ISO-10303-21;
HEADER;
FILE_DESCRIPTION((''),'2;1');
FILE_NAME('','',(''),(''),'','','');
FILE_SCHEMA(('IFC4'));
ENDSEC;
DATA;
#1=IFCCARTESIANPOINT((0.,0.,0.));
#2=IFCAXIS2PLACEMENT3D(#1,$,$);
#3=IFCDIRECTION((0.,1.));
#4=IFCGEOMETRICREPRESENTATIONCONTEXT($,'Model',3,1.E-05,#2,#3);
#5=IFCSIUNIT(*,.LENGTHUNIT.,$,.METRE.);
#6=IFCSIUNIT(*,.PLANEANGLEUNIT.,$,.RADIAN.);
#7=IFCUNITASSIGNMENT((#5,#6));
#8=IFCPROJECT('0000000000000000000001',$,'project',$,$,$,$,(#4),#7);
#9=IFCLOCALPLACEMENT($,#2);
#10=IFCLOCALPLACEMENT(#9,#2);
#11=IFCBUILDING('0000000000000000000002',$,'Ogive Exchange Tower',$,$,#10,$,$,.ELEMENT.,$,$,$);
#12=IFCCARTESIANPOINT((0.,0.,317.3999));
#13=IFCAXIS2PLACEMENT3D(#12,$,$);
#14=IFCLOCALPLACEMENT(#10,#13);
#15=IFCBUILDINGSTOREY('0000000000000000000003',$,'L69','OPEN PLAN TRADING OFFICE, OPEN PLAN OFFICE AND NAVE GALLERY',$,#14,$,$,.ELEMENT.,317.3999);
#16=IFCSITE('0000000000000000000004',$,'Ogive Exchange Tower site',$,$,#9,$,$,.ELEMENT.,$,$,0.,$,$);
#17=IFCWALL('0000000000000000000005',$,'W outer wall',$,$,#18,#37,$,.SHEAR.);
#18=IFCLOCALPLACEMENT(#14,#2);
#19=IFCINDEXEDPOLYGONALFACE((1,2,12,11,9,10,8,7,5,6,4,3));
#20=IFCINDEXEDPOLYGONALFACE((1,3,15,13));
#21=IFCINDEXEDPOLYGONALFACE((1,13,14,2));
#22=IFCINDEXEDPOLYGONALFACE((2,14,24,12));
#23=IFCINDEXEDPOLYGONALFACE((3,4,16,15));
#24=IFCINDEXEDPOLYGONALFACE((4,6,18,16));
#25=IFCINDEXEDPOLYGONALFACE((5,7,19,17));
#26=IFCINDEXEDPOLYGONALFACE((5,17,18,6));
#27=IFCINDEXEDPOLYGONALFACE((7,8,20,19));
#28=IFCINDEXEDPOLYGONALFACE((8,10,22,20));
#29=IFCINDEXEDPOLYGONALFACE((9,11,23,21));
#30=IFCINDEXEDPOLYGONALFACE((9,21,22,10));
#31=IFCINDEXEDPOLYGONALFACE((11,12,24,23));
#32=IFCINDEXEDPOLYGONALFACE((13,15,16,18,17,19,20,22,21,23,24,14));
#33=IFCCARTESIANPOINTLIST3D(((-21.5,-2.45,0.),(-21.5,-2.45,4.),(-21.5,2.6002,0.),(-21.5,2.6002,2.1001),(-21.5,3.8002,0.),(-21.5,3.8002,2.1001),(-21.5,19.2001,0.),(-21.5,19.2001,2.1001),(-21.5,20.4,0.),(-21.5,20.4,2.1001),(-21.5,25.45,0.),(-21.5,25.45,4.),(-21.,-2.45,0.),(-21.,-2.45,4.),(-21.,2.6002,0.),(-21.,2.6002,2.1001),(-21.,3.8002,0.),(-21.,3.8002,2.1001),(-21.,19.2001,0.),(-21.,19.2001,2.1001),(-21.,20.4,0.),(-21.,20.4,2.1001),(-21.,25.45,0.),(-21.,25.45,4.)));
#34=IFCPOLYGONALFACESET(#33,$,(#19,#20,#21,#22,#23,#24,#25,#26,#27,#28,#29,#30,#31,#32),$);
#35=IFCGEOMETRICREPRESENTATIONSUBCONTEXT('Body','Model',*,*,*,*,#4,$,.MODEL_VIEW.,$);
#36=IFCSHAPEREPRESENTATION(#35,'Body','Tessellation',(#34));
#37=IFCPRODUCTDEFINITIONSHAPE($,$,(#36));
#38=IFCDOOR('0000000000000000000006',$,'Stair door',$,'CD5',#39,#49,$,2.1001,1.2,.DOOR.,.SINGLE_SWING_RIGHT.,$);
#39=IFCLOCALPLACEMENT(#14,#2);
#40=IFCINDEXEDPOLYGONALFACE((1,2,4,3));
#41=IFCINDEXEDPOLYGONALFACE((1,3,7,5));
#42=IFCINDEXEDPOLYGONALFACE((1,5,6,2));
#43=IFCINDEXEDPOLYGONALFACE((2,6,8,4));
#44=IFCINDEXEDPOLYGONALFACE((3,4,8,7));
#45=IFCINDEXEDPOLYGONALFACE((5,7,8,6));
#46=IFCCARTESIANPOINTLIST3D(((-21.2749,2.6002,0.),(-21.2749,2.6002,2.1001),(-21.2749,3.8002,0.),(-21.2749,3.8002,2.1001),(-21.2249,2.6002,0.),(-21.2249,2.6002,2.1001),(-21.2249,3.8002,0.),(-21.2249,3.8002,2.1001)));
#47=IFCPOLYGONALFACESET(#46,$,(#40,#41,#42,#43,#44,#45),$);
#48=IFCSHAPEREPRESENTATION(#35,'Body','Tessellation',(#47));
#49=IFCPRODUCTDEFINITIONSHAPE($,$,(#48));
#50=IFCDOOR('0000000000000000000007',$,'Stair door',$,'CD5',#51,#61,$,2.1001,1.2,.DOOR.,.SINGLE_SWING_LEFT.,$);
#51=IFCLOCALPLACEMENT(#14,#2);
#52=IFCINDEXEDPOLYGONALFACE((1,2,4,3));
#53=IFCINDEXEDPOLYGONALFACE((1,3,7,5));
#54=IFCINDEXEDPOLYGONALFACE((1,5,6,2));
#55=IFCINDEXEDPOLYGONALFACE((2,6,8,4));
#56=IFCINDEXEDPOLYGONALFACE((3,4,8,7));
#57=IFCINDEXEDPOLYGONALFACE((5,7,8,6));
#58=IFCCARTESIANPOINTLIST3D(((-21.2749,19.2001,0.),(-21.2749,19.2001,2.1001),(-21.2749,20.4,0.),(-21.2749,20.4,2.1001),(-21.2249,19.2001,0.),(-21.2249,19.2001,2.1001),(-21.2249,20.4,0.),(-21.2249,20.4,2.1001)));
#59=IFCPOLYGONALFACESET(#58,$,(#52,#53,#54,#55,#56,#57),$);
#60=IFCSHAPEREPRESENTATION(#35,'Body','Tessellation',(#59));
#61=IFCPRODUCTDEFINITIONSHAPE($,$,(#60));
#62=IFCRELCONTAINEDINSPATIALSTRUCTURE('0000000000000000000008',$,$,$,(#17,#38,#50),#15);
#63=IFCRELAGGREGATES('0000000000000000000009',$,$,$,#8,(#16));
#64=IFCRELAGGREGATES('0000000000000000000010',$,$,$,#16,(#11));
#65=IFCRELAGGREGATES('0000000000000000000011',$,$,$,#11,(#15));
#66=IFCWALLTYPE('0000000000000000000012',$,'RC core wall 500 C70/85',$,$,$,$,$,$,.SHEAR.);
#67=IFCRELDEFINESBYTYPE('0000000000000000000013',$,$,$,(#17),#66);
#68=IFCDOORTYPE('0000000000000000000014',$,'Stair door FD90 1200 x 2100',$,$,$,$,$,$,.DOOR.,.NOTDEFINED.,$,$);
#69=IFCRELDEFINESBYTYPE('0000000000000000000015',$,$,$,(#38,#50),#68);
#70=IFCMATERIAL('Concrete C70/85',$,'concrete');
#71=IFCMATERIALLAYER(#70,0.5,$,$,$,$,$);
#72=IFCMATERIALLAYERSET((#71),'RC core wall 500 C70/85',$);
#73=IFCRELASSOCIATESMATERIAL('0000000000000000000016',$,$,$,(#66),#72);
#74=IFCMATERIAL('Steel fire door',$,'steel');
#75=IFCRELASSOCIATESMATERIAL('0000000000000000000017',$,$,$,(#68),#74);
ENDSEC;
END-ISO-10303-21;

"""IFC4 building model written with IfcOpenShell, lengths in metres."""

from ifc_helpers import new_model, si_unit, direction, frame, frame_2d, origin, place, context, subcontext, project, spatial, rectangle, extrude, material, layer, layer_set, type_object, element, fill, save


model = new_model("IFC4")

# Units and contexts
model_context = context("Model", 3, precision=1e-05, world=origin(), true_north=direction((0.0, 1.0)))
body_context = subcontext(model_context, "Body", "Model", "MODEL_VIEW")
ifc_project = project(units=[si_unit("LENGTHUNIT", "METRE"), si_unit("PLANEANGLEUNIT", "RADIAN")], contexts=[model_context])

# Site, building, storey
site_placement = place(None, origin())
site = spatial("IfcSite", under=ifc_project, at=site_placement, Name="Ogive Exchange Tower site", CompositionType="ELEMENT", RefElevation=0.0)
building_placement = place(site_placement, origin())
building = spatial("IfcBuilding", under=site, at=building_placement, Name="Ogive Exchange Tower", CompositionType="ELEMENT")
storey_placement = place(building_placement, frame((0.0, 0.0, 317.3999)))
storey = spatial("IfcBuildingStorey", under=building, at=storey_placement, Name="L69", Description="OPEN PLAN TRADING OFFICE, OPEN PLAN OFFICE AND NAVE GALLERY", CompositionType="ELEMENT", Elevation=317.3999)

# Shared definitions
ifc_material_1 = material(Name="Concrete C70/85", Category="concrete")

# Wall, openings, doors
ifc_layer_1 = layer(ifc_material_1, 0.5)
ifc_layer_set_1 = layer_set([ifc_layer_1], Name="RC core wall 500 C70/85")
wall_type_1 = type_object("IfcWallType", Name="RC core wall 500 C70/85", PredefinedType="SHEAR", material=ifc_layer_set_1)
wall_1_placement = place(storey_placement, frame((-21.25, -2.45, 0.0), z_axis=(0.0, 0.0, 1.0), x_axis=(0.0, 1.0, 0.0)))
wall_1 = element("IfcWall", 1, at=wall_1_placement, inside=storey, type_object=wall_type_1, Name="W outer wall", PredefinedType="SHEAR", context=body_context, shape_type="SweptSolid", body=[
    extrude(rectangle(XDim=27.8999, YDim=0.5, at=frame_2d((13.95, 0.0))), origin(), (0.0, 0.0, 1.0), 4.0),
])
opening_1_placement = place(wall_1_placement, frame((5.05, 0.0, 0.0)))
opening_1 = element("IfcOpeningElement", 2, at=opening_1_placement, cuts=wall_1, PredefinedType="OPENING", context=body_context, shape_type="SweptSolid", body=[
    extrude(rectangle(XDim=1.2, YDim=2.1001, at=frame_2d((0.6001, 1.05))), frame((0.0, 0.26, 0.0), z_axis=(0.0, -1.0, 0.0), x_axis=(1.0, 0.0, 0.0)), (0.0, 0.0, 1.0), 0.52),
])
opening_2_placement = place(wall_1_placement, frame((21.6499, 0.0, 0.0)))
opening_2 = element("IfcOpeningElement", 3, at=opening_2_placement, cuts=wall_1, PredefinedType="OPENING", context=body_context, shape_type="SweptSolid", body=[
    extrude(rectangle(XDim=1.2, YDim=2.1001, at=frame_2d((0.6001, 1.05))), frame((0.0, 0.26, 0.0), z_axis=(0.0, -1.0, 0.0), x_axis=(1.0, 0.0, 0.0)), (0.0, 0.0, 1.0), 0.52),
])
ifc_material_2 = material(Name="Steel fire door", Category="steel")
door_type_1 = type_object("IfcDoorType", Name="Stair door FD90 1200 x 2100", OperationType="NOTDEFINED", PredefinedType="DOOR", material=ifc_material_2)
door_1_placement = place(opening_1_placement, origin())
door_1 = element("IfcDoor", 4, at=door_1_placement, inside=storey, type_object=door_type_1, Name="Stair door", ObjectType="CD5", OperationType="SINGLE_SWING_RIGHT", OverallHeight=2.1001, OverallWidth=1.2, PredefinedType="DOOR", context=body_context, shape_type="SweptSolid", body=[
    extrude(rectangle(XDim=1.2, YDim=2.1001, at=frame_2d((0.6001, 1.05))), frame((0.0, 0.0249, 0.0), z_axis=(0.0, -1.0, 0.0), x_axis=(1.0, 0.0, 0.0)), (0.0, 0.0, 1.0), 0.05),
])
fill(opening_1, door_1)
door_2_placement = place(opening_2_placement, origin())
door_2 = element("IfcDoor", 5, at=door_2_placement, inside=storey, type_object=door_type_1, Name="Stair door", ObjectType="CD5", OperationType="SINGLE_SWING_LEFT", OverallHeight=2.1001, OverallWidth=1.2, PredefinedType="DOOR", context=body_context, shape_type="SweptSolid", body=[
    extrude(rectangle(XDim=1.2, YDim=2.1001, at=frame_2d((0.6001, 1.05))), frame((0.0, 0.0249, 0.0), z_axis=(0.0, -1.0, 0.0), x_axis=(1.0, 0.0, 0.0)), (0.0, 0.0, 1.0), 0.05),
])
fill(opening_2, door_2)

save(model, "model.ifc")
